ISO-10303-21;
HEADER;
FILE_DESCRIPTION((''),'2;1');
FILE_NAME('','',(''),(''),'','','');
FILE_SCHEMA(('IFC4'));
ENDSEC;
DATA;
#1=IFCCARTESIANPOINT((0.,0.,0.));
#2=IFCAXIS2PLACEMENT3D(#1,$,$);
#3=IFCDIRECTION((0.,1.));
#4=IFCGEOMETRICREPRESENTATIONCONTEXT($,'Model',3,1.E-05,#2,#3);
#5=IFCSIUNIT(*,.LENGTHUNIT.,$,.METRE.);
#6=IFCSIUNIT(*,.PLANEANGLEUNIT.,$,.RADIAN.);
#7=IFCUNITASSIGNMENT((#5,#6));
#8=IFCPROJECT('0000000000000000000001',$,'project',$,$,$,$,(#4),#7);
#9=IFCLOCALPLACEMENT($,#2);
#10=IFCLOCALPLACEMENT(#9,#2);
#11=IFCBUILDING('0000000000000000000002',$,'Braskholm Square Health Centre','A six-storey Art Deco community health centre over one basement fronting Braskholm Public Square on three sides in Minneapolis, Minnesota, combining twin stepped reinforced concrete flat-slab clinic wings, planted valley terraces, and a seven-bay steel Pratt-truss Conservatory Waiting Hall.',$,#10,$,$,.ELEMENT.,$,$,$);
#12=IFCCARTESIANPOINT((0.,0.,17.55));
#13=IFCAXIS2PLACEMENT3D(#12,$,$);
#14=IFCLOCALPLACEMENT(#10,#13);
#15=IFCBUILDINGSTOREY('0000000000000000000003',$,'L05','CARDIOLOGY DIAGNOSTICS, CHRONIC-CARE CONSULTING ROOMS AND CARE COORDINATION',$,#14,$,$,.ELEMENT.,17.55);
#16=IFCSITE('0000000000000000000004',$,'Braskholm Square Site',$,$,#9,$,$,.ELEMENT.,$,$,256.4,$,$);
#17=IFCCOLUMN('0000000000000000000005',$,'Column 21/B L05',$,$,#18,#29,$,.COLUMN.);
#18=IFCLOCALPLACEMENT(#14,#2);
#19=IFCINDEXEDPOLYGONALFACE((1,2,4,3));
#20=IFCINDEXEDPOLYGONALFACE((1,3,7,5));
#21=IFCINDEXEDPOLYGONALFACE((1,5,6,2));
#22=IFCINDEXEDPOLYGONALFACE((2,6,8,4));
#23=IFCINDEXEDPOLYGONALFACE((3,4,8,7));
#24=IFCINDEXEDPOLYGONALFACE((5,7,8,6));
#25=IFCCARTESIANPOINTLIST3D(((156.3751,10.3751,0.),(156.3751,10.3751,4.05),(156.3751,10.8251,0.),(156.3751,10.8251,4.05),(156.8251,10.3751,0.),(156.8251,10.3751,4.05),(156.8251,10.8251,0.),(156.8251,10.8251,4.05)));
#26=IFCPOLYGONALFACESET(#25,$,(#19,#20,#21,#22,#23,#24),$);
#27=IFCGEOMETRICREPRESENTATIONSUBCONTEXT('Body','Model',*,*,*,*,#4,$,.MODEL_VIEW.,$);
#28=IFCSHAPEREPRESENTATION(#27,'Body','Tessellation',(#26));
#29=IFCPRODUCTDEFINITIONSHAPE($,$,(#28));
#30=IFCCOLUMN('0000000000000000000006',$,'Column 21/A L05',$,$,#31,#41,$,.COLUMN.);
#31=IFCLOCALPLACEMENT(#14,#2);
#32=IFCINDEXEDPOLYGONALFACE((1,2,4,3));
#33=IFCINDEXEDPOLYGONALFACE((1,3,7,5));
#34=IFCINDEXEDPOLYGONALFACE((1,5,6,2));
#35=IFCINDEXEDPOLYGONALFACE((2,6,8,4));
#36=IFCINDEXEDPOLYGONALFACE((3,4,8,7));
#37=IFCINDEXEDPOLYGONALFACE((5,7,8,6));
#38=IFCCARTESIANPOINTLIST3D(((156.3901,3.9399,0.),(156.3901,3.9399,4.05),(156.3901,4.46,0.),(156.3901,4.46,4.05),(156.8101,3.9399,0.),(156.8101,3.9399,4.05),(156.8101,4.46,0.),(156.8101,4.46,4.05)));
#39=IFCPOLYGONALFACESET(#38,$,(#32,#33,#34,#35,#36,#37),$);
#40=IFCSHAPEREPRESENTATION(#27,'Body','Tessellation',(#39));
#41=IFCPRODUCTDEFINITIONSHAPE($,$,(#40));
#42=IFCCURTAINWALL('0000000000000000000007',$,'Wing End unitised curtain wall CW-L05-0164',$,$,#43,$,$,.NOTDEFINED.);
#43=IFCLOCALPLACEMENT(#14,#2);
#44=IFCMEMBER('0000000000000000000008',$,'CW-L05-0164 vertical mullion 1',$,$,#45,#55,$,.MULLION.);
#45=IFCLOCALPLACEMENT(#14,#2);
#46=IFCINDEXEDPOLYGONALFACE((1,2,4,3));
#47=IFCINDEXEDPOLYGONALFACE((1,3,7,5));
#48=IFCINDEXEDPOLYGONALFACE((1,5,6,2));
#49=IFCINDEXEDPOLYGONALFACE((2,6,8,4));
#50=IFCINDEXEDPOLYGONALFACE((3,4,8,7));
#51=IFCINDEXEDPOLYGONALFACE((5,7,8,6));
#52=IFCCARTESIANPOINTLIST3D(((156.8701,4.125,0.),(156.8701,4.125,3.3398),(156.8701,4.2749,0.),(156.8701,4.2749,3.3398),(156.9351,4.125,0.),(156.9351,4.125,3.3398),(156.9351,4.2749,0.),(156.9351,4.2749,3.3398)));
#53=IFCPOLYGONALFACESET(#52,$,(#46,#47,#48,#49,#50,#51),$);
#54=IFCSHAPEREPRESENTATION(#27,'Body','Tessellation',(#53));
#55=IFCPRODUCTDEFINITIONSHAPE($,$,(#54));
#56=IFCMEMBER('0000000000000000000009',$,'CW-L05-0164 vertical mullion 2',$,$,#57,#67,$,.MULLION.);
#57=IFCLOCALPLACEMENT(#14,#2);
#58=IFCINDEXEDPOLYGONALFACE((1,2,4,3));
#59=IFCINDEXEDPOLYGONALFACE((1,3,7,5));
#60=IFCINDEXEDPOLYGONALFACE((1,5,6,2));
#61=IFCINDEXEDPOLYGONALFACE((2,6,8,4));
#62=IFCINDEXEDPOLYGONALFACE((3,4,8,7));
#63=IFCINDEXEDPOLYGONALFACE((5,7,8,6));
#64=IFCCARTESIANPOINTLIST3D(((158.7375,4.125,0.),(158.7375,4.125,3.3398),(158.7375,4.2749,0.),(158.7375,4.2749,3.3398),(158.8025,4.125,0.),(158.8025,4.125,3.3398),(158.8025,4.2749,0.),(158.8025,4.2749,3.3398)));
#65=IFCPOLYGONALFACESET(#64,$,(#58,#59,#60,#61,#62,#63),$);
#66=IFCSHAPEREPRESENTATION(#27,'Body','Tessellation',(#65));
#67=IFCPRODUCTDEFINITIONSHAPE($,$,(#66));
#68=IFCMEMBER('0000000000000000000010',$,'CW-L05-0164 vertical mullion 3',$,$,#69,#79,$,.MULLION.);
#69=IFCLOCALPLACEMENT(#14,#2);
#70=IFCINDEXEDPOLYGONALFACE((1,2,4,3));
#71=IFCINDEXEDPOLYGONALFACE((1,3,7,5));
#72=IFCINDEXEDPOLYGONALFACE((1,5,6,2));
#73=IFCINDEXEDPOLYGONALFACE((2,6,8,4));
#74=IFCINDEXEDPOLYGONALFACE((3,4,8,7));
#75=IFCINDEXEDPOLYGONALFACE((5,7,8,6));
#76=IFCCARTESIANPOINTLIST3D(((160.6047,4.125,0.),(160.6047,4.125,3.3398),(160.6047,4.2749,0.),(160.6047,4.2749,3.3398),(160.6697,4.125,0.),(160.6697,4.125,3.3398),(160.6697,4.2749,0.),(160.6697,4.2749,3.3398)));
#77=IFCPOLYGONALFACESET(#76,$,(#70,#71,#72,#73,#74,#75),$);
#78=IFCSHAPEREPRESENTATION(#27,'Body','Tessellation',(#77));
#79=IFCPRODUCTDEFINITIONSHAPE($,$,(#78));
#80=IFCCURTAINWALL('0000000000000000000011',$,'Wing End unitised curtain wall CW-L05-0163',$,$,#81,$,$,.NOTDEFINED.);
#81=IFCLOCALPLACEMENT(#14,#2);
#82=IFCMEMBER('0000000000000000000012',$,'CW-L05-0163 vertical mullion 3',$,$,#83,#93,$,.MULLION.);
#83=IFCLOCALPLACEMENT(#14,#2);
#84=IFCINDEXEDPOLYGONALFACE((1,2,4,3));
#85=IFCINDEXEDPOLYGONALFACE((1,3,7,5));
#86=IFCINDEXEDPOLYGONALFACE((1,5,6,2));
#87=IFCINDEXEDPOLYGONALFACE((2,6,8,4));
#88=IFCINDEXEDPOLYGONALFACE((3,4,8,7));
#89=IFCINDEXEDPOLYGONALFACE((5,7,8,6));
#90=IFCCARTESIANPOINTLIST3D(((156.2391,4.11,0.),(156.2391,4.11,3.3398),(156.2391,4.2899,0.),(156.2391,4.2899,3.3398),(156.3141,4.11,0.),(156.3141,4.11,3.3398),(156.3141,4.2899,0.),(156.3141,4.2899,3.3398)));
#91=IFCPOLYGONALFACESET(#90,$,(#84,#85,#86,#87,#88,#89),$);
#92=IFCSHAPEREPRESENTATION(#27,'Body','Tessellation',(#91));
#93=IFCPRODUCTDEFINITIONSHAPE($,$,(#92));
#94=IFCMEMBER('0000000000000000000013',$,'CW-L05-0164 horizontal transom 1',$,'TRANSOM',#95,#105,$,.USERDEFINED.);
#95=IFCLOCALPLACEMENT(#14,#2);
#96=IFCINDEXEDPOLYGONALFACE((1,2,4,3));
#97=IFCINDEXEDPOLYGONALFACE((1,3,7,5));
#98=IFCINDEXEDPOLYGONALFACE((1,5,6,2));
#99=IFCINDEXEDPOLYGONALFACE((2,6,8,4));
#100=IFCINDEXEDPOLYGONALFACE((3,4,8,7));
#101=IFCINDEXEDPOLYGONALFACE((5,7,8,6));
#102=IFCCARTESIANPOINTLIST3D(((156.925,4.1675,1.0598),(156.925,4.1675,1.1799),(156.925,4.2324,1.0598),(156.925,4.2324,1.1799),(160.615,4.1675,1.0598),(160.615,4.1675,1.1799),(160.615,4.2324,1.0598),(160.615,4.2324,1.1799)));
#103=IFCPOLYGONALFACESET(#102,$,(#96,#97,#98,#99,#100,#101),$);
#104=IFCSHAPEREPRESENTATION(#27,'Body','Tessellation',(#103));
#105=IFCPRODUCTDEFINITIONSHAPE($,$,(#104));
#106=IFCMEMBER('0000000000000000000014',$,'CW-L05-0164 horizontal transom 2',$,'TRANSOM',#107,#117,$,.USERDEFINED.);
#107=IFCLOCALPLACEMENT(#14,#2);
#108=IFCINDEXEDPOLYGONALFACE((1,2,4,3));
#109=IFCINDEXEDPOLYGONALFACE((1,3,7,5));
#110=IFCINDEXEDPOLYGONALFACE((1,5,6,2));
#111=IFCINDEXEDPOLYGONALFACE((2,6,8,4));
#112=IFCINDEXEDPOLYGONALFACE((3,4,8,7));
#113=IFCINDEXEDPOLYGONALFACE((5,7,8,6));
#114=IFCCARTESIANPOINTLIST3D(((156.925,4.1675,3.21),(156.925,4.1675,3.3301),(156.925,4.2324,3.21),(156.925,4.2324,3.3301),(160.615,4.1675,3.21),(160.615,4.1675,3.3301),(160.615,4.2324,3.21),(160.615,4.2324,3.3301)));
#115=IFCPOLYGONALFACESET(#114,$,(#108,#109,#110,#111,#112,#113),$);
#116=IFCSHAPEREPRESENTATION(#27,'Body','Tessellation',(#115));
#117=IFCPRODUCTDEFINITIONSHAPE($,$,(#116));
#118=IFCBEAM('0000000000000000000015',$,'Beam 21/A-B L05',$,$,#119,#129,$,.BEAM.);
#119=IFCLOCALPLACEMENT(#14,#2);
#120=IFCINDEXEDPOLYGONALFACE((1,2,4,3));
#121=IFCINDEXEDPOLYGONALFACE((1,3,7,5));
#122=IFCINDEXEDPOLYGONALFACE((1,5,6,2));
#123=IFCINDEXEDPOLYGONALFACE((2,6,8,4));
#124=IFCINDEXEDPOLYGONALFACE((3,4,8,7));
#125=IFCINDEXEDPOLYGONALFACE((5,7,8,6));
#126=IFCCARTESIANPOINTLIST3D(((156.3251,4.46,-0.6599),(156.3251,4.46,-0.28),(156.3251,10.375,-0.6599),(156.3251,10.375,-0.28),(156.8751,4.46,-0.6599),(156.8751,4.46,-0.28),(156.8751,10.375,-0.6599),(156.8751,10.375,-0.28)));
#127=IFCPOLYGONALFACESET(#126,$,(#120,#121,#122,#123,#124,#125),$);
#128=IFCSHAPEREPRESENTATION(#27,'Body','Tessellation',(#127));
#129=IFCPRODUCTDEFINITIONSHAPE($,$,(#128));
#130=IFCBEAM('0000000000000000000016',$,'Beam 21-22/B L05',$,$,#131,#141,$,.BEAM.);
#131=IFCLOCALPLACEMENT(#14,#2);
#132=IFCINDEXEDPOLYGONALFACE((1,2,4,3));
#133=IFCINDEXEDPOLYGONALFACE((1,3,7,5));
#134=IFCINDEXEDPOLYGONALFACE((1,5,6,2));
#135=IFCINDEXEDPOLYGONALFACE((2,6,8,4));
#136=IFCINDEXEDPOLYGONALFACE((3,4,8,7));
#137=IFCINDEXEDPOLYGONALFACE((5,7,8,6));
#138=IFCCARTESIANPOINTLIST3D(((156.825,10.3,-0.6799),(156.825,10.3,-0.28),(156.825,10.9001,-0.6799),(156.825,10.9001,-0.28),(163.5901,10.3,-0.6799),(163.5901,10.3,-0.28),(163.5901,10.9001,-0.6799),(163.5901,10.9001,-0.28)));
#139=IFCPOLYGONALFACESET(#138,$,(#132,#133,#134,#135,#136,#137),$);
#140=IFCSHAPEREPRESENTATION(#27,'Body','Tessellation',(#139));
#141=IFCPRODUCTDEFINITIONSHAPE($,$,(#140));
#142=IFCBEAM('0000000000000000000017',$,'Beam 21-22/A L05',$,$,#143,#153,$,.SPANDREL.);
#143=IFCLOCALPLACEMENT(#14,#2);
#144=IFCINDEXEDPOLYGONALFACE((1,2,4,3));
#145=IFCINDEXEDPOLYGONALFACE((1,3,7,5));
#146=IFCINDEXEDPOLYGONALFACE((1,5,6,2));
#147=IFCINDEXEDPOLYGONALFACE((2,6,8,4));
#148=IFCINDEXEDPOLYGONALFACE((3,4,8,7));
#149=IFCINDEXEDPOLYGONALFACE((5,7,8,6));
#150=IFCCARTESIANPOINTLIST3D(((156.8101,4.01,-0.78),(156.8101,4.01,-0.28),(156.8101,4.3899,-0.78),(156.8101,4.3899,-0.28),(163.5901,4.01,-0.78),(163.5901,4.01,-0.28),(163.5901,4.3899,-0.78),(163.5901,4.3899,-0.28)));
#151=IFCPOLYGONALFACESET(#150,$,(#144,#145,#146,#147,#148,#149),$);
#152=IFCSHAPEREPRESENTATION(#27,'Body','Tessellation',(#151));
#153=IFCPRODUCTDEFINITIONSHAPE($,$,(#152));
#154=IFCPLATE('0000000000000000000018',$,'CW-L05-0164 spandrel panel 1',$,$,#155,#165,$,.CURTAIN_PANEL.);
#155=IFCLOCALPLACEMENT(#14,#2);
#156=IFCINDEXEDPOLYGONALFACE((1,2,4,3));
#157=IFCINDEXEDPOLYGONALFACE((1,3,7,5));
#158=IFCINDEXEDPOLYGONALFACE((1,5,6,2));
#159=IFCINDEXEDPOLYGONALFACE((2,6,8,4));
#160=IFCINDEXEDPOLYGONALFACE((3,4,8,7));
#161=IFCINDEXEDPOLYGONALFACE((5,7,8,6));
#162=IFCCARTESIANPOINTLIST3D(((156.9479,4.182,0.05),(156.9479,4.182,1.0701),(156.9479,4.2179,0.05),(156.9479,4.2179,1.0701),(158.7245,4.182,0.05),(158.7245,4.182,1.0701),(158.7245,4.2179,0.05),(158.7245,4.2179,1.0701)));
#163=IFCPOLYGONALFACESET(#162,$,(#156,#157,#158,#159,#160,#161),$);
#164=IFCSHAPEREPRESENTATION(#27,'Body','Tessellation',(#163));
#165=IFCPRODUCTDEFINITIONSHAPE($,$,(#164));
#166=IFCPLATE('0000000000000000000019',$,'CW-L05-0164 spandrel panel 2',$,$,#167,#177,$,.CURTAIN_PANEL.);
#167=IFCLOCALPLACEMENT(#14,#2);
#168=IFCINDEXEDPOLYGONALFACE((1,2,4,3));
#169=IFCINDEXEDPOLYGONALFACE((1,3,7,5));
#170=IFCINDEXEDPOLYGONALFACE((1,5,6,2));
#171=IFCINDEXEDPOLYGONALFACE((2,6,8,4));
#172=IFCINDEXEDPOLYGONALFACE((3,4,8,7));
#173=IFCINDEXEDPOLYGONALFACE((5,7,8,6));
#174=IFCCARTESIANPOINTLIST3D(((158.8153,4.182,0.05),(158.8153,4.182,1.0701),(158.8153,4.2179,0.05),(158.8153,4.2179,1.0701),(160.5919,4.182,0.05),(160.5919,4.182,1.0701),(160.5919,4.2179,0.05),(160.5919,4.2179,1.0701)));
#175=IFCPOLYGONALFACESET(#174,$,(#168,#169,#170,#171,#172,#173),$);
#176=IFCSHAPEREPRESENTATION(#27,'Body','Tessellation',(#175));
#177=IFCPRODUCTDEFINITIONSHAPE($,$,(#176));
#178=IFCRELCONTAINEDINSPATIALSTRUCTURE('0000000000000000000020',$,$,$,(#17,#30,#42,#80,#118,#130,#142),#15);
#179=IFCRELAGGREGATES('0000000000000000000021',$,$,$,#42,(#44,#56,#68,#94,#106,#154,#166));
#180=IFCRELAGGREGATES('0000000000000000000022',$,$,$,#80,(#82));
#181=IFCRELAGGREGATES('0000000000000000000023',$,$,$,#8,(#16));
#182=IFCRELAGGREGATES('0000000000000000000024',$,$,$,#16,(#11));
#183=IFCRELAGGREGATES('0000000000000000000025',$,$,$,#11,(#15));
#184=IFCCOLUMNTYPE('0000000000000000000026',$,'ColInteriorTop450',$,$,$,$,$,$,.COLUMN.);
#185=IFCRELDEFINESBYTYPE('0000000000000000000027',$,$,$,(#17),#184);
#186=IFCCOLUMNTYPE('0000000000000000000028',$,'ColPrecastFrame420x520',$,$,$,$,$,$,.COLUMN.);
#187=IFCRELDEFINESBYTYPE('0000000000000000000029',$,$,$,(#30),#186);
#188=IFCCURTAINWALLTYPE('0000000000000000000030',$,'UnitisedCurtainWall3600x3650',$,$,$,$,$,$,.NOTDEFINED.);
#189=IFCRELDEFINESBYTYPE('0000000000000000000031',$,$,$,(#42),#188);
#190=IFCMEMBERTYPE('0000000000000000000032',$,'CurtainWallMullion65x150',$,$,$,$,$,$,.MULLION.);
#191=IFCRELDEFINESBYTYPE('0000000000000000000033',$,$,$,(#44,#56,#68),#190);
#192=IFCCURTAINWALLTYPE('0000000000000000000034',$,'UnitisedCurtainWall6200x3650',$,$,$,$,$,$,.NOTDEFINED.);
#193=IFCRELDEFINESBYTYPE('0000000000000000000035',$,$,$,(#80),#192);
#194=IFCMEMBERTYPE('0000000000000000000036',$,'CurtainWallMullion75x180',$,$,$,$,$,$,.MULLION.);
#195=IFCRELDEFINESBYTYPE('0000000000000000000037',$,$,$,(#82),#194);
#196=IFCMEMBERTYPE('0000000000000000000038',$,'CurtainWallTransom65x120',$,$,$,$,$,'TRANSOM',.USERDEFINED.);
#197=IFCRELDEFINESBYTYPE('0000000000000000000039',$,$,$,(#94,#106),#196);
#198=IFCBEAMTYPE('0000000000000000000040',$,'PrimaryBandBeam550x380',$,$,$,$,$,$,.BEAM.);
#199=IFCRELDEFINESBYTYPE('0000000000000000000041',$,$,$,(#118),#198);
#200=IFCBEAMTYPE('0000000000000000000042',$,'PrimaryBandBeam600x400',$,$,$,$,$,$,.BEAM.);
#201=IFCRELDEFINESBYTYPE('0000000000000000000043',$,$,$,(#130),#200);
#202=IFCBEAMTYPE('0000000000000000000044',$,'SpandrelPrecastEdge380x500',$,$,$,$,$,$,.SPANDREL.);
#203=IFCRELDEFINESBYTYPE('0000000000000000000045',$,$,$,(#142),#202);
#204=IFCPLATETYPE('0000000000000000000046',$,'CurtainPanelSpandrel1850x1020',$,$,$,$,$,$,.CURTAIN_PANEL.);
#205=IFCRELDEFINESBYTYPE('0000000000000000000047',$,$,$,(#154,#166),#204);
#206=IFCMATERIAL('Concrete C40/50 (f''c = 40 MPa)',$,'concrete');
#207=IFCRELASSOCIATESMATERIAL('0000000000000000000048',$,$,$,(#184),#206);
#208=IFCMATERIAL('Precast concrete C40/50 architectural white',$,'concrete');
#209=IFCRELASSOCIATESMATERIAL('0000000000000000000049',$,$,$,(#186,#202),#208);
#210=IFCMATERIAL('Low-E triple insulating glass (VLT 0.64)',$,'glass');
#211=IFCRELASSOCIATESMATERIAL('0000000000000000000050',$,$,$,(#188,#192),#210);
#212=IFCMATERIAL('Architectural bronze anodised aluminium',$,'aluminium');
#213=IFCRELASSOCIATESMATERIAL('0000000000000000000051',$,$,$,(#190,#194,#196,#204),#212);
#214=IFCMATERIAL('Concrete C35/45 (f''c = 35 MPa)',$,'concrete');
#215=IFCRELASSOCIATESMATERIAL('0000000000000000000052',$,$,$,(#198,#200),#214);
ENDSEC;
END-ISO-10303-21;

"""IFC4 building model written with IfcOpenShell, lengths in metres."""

from ifc_helpers import new_model, si_unit, direction, frame, origin, origin_2d, place, context, subcontext, project, spatial, rectangle, extrude, material, material_profile, profile_set, type_object, element, aggregate, save


model = new_model("IFC4")

# Units and contexts
model_context = context("Model", 3, precision=1e-05, world=origin(), true_north=direction((0.0, 1.0)))
body_context = subcontext(model_context, "Body", "Model", "MODEL_VIEW")
ifc_project = project(units=[si_unit("LENGTHUNIT", "METRE"), si_unit("PLANEANGLEUNIT", "RADIAN")], contexts=[model_context])

# Site, building, storey
site_placement = place(None, origin())
site = spatial("IfcSite", under=ifc_project, at=site_placement, Name="Braskholm Square Site", CompositionType="ELEMENT", RefElevation=256.4)
building_placement = place(site_placement, origin())
building = spatial("IfcBuilding", under=site, at=building_placement, Name="Braskholm Square Health Centre", Description="A six-storey Art Deco community health centre over one basement fronting Braskholm Public Square on three sides in Minneapolis, Minnesota, combining twin stepped reinforced concrete flat-slab clinic wings, planted valley terraces, and a seven-bay steel Pratt-truss Conservatory Waiting Hall.", CompositionType="ELEMENT")
storey_placement = place(building_placement, frame((0.0, 0.0, 17.55)))
storey = spatial("IfcBuildingStorey", under=building, at=storey_placement, Name="L05", Description="CARDIOLOGY DIAGNOSTICS, CHRONIC-CARE CONSULTING ROOMS AND CARE COORDINATION", CompositionType="ELEMENT", Elevation=17.55)

# Columns
ifc_material_1 = material(Name="Concrete C40/50 (f'c = 40 MPa)", Category="concrete")
ifc_material_profile_1 = material_profile(ifc_material_1, rectangle(XDim=0.45, YDim=0.45, at=origin_2d()), Name="RC-450X450")
ifc_profile_set_1 = profile_set([ifc_material_profile_1], Name="Concrete C40/50 (f'c = 40 MPa)")
column_type_1 = type_object("IfcColumnType", Name="ColInteriorTop450", PredefinedType="COLUMN", material=ifc_profile_set_1)
column_1_placement = place(storey_placement, frame((156.6001, 10.6001, 0.0), z_axis=(0.0, 0.0, 1.0), x_axis=(1.0, 0.0, 0.0)))
element("IfcColumn", 1, at=column_1_placement, inside=storey, type_object=column_type_1, Name="Column 21/B L05", PredefinedType="COLUMN", context=body_context, shape_type="SweptSolid", body=[
    extrude(rectangle(XDim=0.45, YDim=0.45, at=origin_2d()), origin(), (0.0, 0.0, 1.0), 4.05),
])
ifc_material_2 = material(Name="Precast concrete C40/50 architectural white", Category="concrete")
ifc_material_profile_2 = material_profile(ifc_material_2, rectangle(XDim=0.4199, YDim=0.52, at=origin_2d()), Name="RC-420X520")
ifc_profile_set_2 = profile_set([ifc_material_profile_2], Name="Precast concrete C40/50 architectural white")
column_type_2 = type_object("IfcColumnType", Name="ColPrecastFrame420x520", PredefinedType="COLUMN", material=ifc_profile_set_2)
column_2_placement = place(storey_placement, frame((156.6001, 4.2, 0.0), z_axis=(0.0, 0.0, 1.0), x_axis=(1.0, 0.0, 0.0)))
element("IfcColumn", 2, at=column_2_placement, inside=storey, type_object=column_type_2, Name="Column 21/A L05", PredefinedType="COLUMN", context=body_context, shape_type="SweptSolid", body=[
    extrude(rectangle(XDim=0.4199, YDim=0.52, at=origin_2d()), origin(), (0.0, 0.0, 1.0), 4.05),
])

# Curtain wall, members
ifc_material_3 = material(Name="Low-E triple insulating glass (VLT 0.64)", Category="glass")
curtain_wall_type_1 = type_object("IfcCurtainWallType", Name="UnitisedCurtainWall3600x3650", PredefinedType="NOTDEFINED", material=ifc_material_3)
curtain_wall_1_placement = place(storey_placement, origin())
curtain_wall_1 = element("IfcCurtainWall", 3, at=curtain_wall_1_placement, inside=storey, type_object=curtain_wall_type_1, Name="Wing End unitised curtain wall CW-L05-0164", PredefinedType="NOTDEFINED")
ifc_material_4 = material(Name="Architectural bronze anodised aluminium", Category="aluminium")
ifc_material_profile_3 = material_profile(ifc_material_4, rectangle(XDim=0.0649, YDim=0.1499, at=origin_2d()), Name="ALU-65X150")
ifc_profile_set_3 = profile_set([ifc_material_profile_3], Name="Architectural bronze anodised aluminium")
member_type_1 = type_object("IfcMemberType", Name="CurtainWallMullion65x150", PredefinedType="MULLION", material=ifc_profile_set_3)
member_1_placement = place(storey_placement, frame((156.9026, 4.2, 0.0), z_axis=(0.0, 0.0, 1.0), x_axis=(1.0, 0.0, 0.0)))
member_1 = element("IfcMember", 4, at=member_1_placement, type_object=member_type_1, Name="CW-L05-0164 vertical mullion 1", PredefinedType="MULLION", context=body_context, shape_type="SweptSolid", body=[
    extrude(rectangle(XDim=0.0649, YDim=0.1499, at=origin_2d()), origin(), (0.0, 0.0, 1.0), 3.3398),
])
member_2_placement = place(storey_placement, frame((158.77, 4.2, 0.0), z_axis=(0.0, 0.0, 1.0), x_axis=(1.0, 0.0, 0.0)))
member_2 = element("IfcMember", 5, at=member_2_placement, type_object=member_type_1, Name="CW-L05-0164 vertical mullion 2", PredefinedType="MULLION", context=body_context, shape_type="SweptSolid", body=[
    extrude(rectangle(XDim=0.0649, YDim=0.1499, at=origin_2d()), origin(), (0.0, 0.0, 1.0), 3.3398),
])
member_3_placement = place(storey_placement, frame((160.6372, 4.2, 0.0), z_axis=(0.0, 0.0, 1.0), x_axis=(1.0, 0.0, 0.0)))
member_3 = element("IfcMember", 6, at=member_3_placement, type_object=member_type_1, Name="CW-L05-0164 vertical mullion 3", PredefinedType="MULLION", context=body_context, shape_type="SweptSolid", body=[
    extrude(rectangle(XDim=0.0649, YDim=0.1499, at=origin_2d()), origin(), (0.0, 0.0, 1.0), 3.3398),
])

# Curtain wall, member
curtain_wall_type_2 = type_object("IfcCurtainWallType", Name="UnitisedCurtainWall6200x3650", PredefinedType="NOTDEFINED", material=ifc_material_3)
curtain_wall_2_placement = place(storey_placement, origin())
curtain_wall_2 = element("IfcCurtainWall", 7, at=curtain_wall_2_placement, inside=storey, type_object=curtain_wall_type_2, Name="Wing End unitised curtain wall CW-L05-0163", PredefinedType="NOTDEFINED")
ifc_material_profile_4 = material_profile(ifc_material_4, rectangle(XDim=0.075, YDim=0.1799, at=origin_2d()), Name="ALU-75X180")
ifc_profile_set_4 = profile_set([ifc_material_profile_4], Name="Architectural bronze anodised aluminium")
member_type_2 = type_object("IfcMemberType", Name="CurtainWallMullion75x180", PredefinedType="MULLION", material=ifc_profile_set_4)
member_4_placement = place(storey_placement, frame((156.2766, 4.2, 0.0), z_axis=(0.0, 0.0, 1.0), x_axis=(1.0, 0.0, 0.0)))
member_4 = element("IfcMember", 8, at=member_4_placement, type_object=member_type_2, Name="CW-L05-0163 vertical mullion 3", PredefinedType="MULLION", context=body_context, shape_type="SweptSolid", body=[
    extrude(rectangle(XDim=0.075, YDim=0.1799, at=origin_2d()), origin(), (0.0, 0.0, 1.0), 3.3398),
])

# Members
ifc_material_profile_5 = material_profile(ifc_material_4, rectangle(XDim=0.0649, YDim=0.1201, at=origin_2d()), Name="ALU-65X120")
ifc_profile_set_5 = profile_set([ifc_material_profile_5], Name="Architectural bronze anodised aluminium")
member_type_3 = type_object("IfcMemberType", Name="CurtainWallTransom65x120", ElementType="TRANSOM", PredefinedType="USERDEFINED", material=ifc_profile_set_5)
member_5_placement = place(storey_placement, frame((156.925, 4.2, 1.1199), z_axis=(1.0, 0.0, 0.0), x_axis=(0.0, 1.0, 0.0)))
member_5 = element("IfcMember", 9, at=member_5_placement, type_object=member_type_3, Name="CW-L05-0164 horizontal transom 1", ObjectType="TRANSOM", PredefinedType="USERDEFINED", context=body_context, shape_type="SweptSolid", body=[
    extrude(rectangle(XDim=0.0649, YDim=0.1201, at=origin_2d()), origin(), (0.0, 0.0, 1.0), 3.6899),
])
member_6_placement = place(storey_placement, frame((156.925, 4.2, 3.27), z_axis=(1.0, 0.0, 0.0), x_axis=(0.0, 1.0, 0.0)))
member_6 = element("IfcMember", 10, at=member_6_placement, type_object=member_type_3, Name="CW-L05-0164 horizontal transom 2", ObjectType="TRANSOM", PredefinedType="USERDEFINED", context=body_context, shape_type="SweptSolid", body=[
    extrude(rectangle(XDim=0.0649, YDim=0.1201, at=origin_2d()), origin(), (0.0, 0.0, 1.0), 3.6899),
])

# Beams
ifc_material_5 = material(Name="Concrete C35/45 (f'c = 35 MPa)", Category="concrete")
ifc_material_profile_6 = material_profile(ifc_material_5, rectangle(XDim=0.55, YDim=0.3799, at=origin_2d()), Name="RCB-550X380")
ifc_profile_set_6 = profile_set([ifc_material_profile_6], Name="Concrete C35/45 (f'c = 35 MPa)")
beam_type_1 = type_object("IfcBeamType", Name="PrimaryBandBeam550x380", PredefinedType="BEAM", material=ifc_profile_set_6)
beam_1_placement = place(storey_placement, frame((156.6001, 4.46, -0.47), z_axis=(0.0, 1.0, 0.0), x_axis=(-1.0, 0.0, 0.0)))
element("IfcBeam", 11, at=beam_1_placement, inside=storey, type_object=beam_type_1, Name="Beam 21/A-B L05", PredefinedType="BEAM", context=body_context, shape_type="SweptSolid", body=[
    extrude(rectangle(XDim=0.55, YDim=0.3799, at=origin_2d()), origin(), (0.0, 0.0, 1.0), 5.915),
])
ifc_material_profile_7 = material_profile(ifc_material_5, rectangle(XDim=0.6001, YDim=0.3999, at=origin_2d()), Name="RCB-600X400")
ifc_profile_set_7 = profile_set([ifc_material_profile_7], Name="Concrete C35/45 (f'c = 35 MPa)")
beam_type_2 = type_object("IfcBeamType", Name="PrimaryBandBeam600x400", PredefinedType="BEAM", material=ifc_profile_set_7)
beam_2_placement = place(storey_placement, frame((156.825, 10.6001, -0.48), z_axis=(1.0, 0.0, 0.0), x_axis=(0.0, 1.0, 0.0)))
element("IfcBeam", 12, at=beam_2_placement, inside=storey, type_object=beam_type_2, Name="Beam 21-22/B L05", PredefinedType="BEAM", context=body_context, shape_type="SweptSolid", body=[
    extrude(rectangle(XDim=0.6001, YDim=0.3999, at=origin_2d()), origin(), (0.0, 0.0, 1.0), 6.7651),
])
ifc_material_profile_8 = material_profile(ifc_material_2, rectangle(XDim=0.3799, YDim=0.5, at=origin_2d()), Name="RCB-380X500")
ifc_profile_set_8 = profile_set([ifc_material_profile_8], Name="Precast concrete C40/50 architectural white")
beam_type_3 = type_object("IfcBeamType", Name="SpandrelPrecastEdge380x500", PredefinedType="SPANDREL", material=ifc_profile_set_8)
beam_3_placement = place(storey_placement, frame((156.8101, 4.2, -0.53), z_axis=(1.0, 0.0, 0.0), x_axis=(0.0, 1.0, 0.0)))
element("IfcBeam", 13, at=beam_3_placement, inside=storey, type_object=beam_type_3, Name="Beam 21-22/A L05", PredefinedType="SPANDREL", context=body_context, shape_type="SweptSolid", body=[
    extrude(rectangle(XDim=0.3799, YDim=0.5, at=origin_2d()), origin(), (0.0, 0.0, 1.0), 6.78),
])

# Plates
plate_type_1 = type_object("IfcPlateType", Name="CurtainPanelSpandrel1850x1020", PredefinedType="CURTAIN_PANEL", material=ifc_material_4)
plate_1_placement = place(storey_placement, frame((157.8362, 4.2, 0.05), z_axis=(0.0, 0.0, 1.0), x_axis=(1.0, 0.0, 0.0)))
plate_1 = element("IfcPlate", 14, at=plate_1_placement, type_object=plate_type_1, Name="CW-L05-0164 spandrel panel 1", PredefinedType="CURTAIN_PANEL", context=body_context, shape_type="SweptSolid", body=[
    extrude(rectangle(XDim=1.7766, YDim=0.0359, at=origin_2d()), origin(), (0.0, 0.0, 1.0), 1.02),
])
plate_2_placement = place(storey_placement, frame((159.7036, 4.2, 0.05), z_axis=(0.0, 0.0, 1.0), x_axis=(1.0, 0.0, 0.0)))
plate_2 = element("IfcPlate", 15, at=plate_2_placement, type_object=plate_type_1, Name="CW-L05-0164 spandrel panel 2", PredefinedType="CURTAIN_PANEL", context=body_context, shape_type="SweptSolid", body=[
    extrude(rectangle(XDim=1.7766, YDim=0.0359, at=origin_2d()), origin(), (0.0, 0.0, 1.0), 1.02),
])
aggregate(curtain_wall_1, [member_1, member_2, member_3, member_5, member_6, plate_1, plate_2])
aggregate(curtain_wall_2, [member_4])

save(model, "model.ifc")
